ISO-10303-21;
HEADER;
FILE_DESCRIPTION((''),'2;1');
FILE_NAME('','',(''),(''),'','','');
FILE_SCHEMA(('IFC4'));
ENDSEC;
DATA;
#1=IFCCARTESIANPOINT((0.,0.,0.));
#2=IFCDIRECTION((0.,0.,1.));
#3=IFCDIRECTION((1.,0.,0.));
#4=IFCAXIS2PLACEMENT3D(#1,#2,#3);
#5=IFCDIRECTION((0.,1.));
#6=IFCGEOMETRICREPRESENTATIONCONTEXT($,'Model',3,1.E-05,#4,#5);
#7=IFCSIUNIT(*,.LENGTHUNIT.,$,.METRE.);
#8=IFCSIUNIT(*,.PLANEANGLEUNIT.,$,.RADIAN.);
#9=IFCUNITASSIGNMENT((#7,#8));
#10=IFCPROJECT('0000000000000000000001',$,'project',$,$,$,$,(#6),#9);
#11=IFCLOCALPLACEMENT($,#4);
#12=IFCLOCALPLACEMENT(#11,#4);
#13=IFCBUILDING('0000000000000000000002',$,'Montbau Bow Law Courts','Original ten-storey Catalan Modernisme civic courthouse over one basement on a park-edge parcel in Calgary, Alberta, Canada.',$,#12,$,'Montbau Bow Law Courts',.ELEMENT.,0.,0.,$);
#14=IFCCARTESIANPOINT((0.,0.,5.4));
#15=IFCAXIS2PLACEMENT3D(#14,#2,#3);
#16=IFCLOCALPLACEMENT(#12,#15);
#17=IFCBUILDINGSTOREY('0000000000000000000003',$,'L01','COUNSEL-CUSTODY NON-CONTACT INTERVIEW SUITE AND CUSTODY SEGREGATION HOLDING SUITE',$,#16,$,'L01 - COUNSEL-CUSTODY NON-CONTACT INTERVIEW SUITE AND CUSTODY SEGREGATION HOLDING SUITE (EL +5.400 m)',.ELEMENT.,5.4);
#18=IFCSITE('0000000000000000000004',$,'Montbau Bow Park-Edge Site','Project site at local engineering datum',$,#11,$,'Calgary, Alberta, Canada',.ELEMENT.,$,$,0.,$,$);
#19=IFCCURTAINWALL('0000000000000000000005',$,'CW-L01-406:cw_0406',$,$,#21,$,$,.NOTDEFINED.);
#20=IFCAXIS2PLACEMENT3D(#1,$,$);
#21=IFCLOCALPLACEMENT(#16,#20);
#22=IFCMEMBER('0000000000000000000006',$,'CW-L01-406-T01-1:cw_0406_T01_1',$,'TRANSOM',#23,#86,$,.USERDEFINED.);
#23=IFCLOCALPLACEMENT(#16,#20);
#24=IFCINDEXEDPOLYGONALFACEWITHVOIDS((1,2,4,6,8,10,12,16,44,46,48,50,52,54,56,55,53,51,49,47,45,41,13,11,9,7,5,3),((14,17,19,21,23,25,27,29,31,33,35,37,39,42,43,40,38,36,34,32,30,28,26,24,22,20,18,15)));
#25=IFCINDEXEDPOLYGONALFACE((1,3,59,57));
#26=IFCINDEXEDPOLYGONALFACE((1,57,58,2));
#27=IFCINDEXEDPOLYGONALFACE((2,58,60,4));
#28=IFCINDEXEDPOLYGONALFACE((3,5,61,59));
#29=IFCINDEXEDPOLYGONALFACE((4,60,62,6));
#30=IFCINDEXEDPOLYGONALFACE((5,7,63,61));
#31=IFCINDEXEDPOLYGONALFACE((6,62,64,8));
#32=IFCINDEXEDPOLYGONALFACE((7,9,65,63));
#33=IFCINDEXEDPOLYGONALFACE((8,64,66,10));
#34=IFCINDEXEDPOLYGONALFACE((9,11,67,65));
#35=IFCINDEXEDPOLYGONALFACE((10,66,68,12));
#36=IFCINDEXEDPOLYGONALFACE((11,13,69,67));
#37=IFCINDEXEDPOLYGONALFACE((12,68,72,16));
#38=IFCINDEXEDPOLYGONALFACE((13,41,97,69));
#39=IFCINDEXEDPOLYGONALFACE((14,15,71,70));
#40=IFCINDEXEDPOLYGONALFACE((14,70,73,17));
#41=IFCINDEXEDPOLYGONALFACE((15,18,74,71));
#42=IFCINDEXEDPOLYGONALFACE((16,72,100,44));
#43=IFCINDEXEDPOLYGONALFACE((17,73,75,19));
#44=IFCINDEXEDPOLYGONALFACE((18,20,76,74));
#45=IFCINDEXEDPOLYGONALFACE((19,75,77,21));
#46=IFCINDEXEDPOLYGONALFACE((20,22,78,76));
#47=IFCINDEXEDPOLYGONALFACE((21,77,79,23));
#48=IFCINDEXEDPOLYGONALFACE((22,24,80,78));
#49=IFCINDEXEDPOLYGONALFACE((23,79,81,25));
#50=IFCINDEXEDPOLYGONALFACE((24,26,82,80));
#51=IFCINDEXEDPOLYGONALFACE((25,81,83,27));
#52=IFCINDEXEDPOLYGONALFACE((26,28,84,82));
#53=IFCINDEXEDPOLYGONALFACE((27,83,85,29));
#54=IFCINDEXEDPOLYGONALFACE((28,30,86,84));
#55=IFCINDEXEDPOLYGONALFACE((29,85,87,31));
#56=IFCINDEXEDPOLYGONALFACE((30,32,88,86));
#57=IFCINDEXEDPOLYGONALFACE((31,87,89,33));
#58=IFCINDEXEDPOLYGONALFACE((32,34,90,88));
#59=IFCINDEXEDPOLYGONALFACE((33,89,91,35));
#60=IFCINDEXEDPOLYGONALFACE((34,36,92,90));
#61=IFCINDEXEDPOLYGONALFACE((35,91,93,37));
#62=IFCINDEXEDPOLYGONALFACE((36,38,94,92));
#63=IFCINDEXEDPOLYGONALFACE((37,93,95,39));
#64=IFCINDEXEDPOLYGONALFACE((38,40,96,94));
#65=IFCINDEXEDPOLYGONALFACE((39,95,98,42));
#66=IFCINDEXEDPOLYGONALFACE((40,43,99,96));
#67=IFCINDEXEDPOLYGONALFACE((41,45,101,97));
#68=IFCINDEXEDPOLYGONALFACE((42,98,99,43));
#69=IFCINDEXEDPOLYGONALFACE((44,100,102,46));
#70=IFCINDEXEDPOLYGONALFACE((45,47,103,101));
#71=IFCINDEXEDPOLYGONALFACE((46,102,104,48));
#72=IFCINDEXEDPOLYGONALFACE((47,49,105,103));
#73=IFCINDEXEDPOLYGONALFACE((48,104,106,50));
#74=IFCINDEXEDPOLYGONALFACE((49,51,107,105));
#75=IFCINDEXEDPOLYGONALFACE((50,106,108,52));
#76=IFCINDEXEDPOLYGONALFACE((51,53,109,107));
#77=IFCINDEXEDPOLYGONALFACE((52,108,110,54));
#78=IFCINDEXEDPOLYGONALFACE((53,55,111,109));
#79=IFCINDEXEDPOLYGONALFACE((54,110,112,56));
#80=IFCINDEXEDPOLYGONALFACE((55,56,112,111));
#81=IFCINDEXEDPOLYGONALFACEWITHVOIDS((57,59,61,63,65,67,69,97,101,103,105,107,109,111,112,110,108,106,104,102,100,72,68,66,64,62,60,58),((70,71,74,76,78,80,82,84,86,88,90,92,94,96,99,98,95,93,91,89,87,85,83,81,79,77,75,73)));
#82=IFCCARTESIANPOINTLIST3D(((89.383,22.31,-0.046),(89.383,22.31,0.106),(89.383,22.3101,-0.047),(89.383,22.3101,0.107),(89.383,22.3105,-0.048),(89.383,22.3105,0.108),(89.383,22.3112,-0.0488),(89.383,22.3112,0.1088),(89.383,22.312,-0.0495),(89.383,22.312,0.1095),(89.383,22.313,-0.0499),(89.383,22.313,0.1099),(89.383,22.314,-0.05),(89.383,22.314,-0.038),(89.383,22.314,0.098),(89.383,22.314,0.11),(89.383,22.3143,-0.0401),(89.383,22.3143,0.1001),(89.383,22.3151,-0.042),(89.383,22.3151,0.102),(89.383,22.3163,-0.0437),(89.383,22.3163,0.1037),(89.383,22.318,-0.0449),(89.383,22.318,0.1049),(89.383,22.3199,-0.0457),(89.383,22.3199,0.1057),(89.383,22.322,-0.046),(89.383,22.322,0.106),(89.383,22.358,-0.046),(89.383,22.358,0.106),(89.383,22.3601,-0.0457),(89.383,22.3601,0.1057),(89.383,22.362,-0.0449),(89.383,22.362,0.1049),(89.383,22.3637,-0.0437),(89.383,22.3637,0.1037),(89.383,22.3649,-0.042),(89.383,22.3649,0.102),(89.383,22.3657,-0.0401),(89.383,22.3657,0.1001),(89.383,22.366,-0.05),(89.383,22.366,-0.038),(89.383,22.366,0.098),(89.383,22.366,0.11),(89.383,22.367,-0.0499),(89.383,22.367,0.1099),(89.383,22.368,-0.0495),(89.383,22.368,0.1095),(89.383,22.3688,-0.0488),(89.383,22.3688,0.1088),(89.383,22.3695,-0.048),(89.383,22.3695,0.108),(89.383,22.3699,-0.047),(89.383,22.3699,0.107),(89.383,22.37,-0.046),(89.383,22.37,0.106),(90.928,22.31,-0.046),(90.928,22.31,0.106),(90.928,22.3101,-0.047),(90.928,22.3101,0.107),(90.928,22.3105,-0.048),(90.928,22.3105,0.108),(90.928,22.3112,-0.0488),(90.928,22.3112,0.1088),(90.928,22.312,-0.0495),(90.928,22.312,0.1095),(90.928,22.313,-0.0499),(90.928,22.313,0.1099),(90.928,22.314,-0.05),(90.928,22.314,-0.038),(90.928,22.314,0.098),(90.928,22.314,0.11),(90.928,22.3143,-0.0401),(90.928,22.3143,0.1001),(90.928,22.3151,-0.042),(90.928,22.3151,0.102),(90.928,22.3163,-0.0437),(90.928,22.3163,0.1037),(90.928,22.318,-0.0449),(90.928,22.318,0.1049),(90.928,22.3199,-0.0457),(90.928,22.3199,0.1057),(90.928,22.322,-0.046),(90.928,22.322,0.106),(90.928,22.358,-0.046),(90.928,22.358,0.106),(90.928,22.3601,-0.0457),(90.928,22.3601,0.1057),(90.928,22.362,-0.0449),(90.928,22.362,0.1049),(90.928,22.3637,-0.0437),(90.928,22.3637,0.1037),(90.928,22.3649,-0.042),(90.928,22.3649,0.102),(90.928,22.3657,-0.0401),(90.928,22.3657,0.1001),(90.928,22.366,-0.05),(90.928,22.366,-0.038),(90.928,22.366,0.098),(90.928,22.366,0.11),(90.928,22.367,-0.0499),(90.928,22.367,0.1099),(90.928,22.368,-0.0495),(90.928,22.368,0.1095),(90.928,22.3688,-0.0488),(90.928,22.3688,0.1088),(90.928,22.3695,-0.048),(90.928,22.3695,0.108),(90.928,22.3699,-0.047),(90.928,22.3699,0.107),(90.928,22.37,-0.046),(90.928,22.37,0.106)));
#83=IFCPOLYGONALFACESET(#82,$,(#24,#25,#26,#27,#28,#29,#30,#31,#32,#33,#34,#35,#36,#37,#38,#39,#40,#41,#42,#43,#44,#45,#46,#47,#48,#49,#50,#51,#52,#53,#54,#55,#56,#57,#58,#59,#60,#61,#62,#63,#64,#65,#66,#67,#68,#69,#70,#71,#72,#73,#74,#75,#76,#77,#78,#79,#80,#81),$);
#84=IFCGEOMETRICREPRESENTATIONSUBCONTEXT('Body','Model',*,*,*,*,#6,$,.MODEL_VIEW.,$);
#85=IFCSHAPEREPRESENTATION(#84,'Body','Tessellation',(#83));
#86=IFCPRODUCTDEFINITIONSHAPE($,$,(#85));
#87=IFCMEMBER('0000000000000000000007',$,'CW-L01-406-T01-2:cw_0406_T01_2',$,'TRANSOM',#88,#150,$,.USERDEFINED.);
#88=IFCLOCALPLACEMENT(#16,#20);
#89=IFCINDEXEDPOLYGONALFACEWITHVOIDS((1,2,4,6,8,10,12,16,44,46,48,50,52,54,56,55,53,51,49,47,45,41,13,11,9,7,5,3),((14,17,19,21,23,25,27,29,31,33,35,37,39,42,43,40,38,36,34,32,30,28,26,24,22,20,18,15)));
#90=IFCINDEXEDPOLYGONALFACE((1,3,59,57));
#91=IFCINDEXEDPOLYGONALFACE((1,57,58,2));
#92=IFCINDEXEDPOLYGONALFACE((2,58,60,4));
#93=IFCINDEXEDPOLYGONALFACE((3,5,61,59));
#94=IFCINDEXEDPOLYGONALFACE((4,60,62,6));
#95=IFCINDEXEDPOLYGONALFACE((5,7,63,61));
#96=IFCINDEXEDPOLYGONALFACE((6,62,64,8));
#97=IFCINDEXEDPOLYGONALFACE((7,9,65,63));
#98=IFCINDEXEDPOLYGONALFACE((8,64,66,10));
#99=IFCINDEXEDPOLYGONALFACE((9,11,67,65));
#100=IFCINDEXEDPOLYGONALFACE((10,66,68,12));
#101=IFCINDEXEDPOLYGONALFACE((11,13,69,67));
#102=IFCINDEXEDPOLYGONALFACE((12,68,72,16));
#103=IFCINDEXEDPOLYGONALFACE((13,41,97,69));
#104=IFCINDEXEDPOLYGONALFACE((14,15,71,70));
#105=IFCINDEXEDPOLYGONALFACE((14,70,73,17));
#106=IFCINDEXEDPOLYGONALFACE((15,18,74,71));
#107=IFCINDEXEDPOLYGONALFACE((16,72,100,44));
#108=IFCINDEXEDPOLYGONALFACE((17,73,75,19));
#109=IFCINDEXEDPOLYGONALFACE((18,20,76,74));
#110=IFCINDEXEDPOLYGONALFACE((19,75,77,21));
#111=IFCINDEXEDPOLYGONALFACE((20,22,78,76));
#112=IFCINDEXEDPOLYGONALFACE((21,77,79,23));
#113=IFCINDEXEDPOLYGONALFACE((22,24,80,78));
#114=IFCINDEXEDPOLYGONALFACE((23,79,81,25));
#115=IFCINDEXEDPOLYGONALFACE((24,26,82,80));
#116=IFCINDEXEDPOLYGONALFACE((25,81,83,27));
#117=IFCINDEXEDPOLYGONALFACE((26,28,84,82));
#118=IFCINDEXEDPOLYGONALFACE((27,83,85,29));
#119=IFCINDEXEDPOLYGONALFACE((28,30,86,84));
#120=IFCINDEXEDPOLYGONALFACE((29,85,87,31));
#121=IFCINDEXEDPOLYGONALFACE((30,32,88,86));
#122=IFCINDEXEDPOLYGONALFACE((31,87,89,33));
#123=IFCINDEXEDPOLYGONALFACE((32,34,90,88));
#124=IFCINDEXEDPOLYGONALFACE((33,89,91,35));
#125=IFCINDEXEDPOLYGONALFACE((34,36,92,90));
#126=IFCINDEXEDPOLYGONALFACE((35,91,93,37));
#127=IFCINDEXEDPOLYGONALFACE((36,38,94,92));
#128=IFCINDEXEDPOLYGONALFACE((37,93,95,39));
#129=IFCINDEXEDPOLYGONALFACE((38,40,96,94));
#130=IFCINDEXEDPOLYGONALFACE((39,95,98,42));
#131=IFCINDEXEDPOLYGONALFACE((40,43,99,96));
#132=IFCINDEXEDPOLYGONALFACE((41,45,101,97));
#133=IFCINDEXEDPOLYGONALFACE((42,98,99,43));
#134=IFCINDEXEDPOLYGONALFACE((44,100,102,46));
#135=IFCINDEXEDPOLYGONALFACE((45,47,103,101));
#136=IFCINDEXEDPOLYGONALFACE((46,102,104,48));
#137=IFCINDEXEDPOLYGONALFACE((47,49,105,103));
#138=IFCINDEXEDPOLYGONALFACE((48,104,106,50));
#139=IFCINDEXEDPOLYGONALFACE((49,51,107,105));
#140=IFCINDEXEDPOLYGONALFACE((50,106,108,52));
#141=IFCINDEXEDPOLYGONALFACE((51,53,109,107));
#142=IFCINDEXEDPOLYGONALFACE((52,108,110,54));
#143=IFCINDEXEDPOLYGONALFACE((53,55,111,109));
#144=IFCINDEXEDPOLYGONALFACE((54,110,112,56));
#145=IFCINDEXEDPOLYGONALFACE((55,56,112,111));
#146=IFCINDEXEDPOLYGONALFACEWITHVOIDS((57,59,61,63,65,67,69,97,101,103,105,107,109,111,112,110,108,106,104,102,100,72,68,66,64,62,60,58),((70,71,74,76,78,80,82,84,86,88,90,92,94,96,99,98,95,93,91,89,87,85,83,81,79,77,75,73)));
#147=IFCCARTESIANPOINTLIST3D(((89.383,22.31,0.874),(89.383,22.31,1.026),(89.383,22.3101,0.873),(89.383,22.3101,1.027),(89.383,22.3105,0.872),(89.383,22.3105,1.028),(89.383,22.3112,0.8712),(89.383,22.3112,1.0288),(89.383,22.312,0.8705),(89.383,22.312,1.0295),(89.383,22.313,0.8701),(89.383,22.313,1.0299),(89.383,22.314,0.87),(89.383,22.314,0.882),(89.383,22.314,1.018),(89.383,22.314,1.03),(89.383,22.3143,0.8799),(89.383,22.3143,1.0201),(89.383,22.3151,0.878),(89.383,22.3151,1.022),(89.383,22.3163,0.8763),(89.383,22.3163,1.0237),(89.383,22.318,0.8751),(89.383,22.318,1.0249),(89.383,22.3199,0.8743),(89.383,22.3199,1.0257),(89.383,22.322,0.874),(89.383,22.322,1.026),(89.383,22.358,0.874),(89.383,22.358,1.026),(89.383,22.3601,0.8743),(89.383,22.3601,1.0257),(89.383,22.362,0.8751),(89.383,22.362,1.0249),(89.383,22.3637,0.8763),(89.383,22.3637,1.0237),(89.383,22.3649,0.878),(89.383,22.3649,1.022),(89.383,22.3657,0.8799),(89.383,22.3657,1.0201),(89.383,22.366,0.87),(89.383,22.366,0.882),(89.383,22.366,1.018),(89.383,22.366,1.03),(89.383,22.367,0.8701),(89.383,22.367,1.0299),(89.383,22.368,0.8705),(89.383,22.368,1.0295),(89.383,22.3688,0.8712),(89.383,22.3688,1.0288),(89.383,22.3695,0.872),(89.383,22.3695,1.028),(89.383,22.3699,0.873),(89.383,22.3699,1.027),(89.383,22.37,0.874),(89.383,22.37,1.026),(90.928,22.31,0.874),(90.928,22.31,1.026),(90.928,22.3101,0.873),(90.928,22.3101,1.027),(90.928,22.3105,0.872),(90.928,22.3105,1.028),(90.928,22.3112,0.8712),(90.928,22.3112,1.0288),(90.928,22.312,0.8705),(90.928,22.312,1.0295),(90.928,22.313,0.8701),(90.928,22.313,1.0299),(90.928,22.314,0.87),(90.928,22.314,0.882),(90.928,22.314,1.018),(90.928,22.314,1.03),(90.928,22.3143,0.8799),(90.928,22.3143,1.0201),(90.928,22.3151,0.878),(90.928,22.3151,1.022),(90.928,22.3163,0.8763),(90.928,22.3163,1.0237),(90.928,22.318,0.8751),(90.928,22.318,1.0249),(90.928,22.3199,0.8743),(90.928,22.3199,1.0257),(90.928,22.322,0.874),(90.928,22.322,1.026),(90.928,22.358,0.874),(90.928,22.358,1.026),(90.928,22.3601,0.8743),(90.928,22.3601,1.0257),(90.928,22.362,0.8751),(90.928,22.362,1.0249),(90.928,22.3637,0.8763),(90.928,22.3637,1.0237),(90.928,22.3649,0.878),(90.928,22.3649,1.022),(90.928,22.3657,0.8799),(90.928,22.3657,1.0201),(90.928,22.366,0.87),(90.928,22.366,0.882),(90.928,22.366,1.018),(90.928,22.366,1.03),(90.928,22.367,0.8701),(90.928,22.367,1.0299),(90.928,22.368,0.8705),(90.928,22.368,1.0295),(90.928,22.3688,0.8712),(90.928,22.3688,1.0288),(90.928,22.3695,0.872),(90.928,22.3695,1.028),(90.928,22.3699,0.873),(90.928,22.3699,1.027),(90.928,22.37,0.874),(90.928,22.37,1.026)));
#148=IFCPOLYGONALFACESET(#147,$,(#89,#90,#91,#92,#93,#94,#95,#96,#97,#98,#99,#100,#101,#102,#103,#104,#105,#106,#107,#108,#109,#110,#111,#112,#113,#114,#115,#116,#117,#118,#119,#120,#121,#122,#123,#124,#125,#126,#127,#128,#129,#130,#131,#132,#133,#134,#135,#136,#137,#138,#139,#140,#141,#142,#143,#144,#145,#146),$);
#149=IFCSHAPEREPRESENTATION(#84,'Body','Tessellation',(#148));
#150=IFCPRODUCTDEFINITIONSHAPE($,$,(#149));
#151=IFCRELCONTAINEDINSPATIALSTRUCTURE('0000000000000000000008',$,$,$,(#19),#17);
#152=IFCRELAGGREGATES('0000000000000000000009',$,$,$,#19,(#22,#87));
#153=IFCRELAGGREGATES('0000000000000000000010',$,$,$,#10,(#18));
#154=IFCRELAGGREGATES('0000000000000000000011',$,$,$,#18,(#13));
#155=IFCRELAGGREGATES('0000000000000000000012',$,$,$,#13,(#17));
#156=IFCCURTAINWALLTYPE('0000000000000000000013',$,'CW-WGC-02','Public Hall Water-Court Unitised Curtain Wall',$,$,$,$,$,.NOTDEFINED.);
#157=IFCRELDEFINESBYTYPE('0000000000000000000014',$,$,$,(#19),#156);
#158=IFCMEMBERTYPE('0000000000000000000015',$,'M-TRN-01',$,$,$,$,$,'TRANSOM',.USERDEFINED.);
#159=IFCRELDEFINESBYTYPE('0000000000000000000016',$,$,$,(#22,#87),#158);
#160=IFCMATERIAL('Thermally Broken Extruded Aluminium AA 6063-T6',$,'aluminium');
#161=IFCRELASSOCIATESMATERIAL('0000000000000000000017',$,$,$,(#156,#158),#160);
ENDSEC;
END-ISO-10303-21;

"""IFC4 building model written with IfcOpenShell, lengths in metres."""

from ifc_helpers import new_model, si_unit, direction, frame, origin_with_axes, origin_2d_with_axis, place, context, subcontext, project, spatial, hollow_rectangle, extrude, material, material_profile, profile_set, type_object, element, aggregate, save


model = new_model("IFC4")

# Units and contexts
model_context = context("Model", 3, precision=1e-05, world=origin_with_axes(), true_north=direction((0.0, 1.0)))
body_context = subcontext(model_context, "Body", "Model", "MODEL_VIEW")
ifc_project = project(units=[si_unit("LENGTHUNIT", "METRE"), si_unit("PLANEANGLEUNIT", "RADIAN")], contexts=[model_context])

# Site, building, storey
site_placement = place(None, origin_with_axes())
site = spatial("IfcSite", under=ifc_project, at=site_placement, Name="Montbau Bow Park-Edge Site", Description="Project site at local engineering datum", LongName="Calgary, Alberta, Canada", CompositionType="ELEMENT", RefElevation=0.0)
building_placement = place(site_placement, origin_with_axes())
building = spatial("IfcBuilding", under=site, at=building_placement, Name="Montbau Bow Law Courts", Description="Original ten-storey Catalan Modernisme civic courthouse over one basement on a park-edge parcel in Calgary, Alberta, Canada.", LongName="Montbau Bow Law Courts", CompositionType="ELEMENT", ElevationOfRefHeight=0.0, ElevationOfTerrain=0.0)
storey_placement = place(building_placement, frame((0.0, 0.0, 5.4), z_axis=(0.0, 0.0, 1.0), x_axis=(1.0, 0.0, 0.0)))
storey = spatial("IfcBuildingStorey", under=building, at=storey_placement, Name="L01", Description="COUNSEL-CUSTODY NON-CONTACT INTERVIEW SUITE AND CUSTODY SEGREGATION HOLDING SUITE", LongName="L01 - COUNSEL-CUSTODY NON-CONTACT INTERVIEW SUITE AND CUSTODY SEGREGATION HOLDING SUITE (EL +5.400 m)", CompositionType="ELEMENT", Elevation=5.4)

# Curtain wall
ifc_material_1 = material(Name="Thermally Broken Extruded Aluminium AA 6063-T6", Category="aluminium")
curtain_wall_type = type_object("IfcCurtainWallType", Name="CW-WGC-02", Description="Public Hall Water-Court Unitised Curtain Wall", PredefinedType="NOTDEFINED", material=ifc_material_1)
curtain_wall_1_placement = place(None, frame((89.315, 22.34, 5.4), z_axis=(0.0, 0.0, 1.0), x_axis=(1.0, 0.0, 0.0)))
curtain_wall_1 = element("IfcCurtainWall", 1, at=curtain_wall_1_placement, inside=storey, type_object=curtain_wall_type, Name="CW-L01-406:cw_0406", PredefinedType="NOTDEFINED")

# Members
ifc_material_profile_1 = material_profile(ifc_material_1, hollow_rectangle(XDim=0.06, YDim=0.16, WallThickness=0.004, InnerFilletRadius=0.008, OuterFilletRadius=0.004, at=origin_2d_with_axis()), Name="CWT-160X60", Category="Main", Priority=0)
ifc_profile_set_1 = profile_set([ifc_material_profile_1], Name="Thermally Broken Extruded Aluminium AA 6063-T6")
member_type_1 = type_object("IfcMemberType", Name="M-TRN-01", ElementType="TRANSOM", PredefinedType="USERDEFINED", material=ifc_profile_set_1)
member_1_placement = place(None, frame((89.383, 22.34, 5.43), z_axis=(1.0, 0.0, 0.0), x_axis=(0.0, 1.0, 0.0)))
member_1 = element("IfcMember", 2, at=member_1_placement, type_object=member_type_1, Name="CW-L01-406-T01-1:cw_0406_T01_1", ObjectType="TRANSOM", PredefinedType="USERDEFINED", context=body_context, shape_type="SweptSolid", body=[
    extrude(hollow_rectangle(XDim=0.06, YDim=0.16, WallThickness=0.004, InnerFilletRadius=0.008, OuterFilletRadius=0.004, at=origin_2d_with_axis()), origin_with_axes(), (0.0, 0.0, 1.0), 1.545),
])
member_2_placement = place(None, frame((89.383, 22.34, 6.35), z_axis=(1.0, 0.0, 0.0), x_axis=(0.0, 1.0, 0.0)))
member_2 = element("IfcMember", 3, at=member_2_placement, type_object=member_type_1, Name="CW-L01-406-T01-2:cw_0406_T01_2", ObjectType="TRANSOM", PredefinedType="USERDEFINED", context=body_context, shape_type="SweptSolid", body=[
    extrude(hollow_rectangle(XDim=0.06, YDim=0.16, WallThickness=0.004, InnerFilletRadius=0.008, OuterFilletRadius=0.004, at=origin_2d_with_axis()), origin_with_axes(), (0.0, 0.0, 1.0), 1.545),
])

aggregate(curtain_wall_1, [member_1, member_2])

save(model, "model.ifc")
